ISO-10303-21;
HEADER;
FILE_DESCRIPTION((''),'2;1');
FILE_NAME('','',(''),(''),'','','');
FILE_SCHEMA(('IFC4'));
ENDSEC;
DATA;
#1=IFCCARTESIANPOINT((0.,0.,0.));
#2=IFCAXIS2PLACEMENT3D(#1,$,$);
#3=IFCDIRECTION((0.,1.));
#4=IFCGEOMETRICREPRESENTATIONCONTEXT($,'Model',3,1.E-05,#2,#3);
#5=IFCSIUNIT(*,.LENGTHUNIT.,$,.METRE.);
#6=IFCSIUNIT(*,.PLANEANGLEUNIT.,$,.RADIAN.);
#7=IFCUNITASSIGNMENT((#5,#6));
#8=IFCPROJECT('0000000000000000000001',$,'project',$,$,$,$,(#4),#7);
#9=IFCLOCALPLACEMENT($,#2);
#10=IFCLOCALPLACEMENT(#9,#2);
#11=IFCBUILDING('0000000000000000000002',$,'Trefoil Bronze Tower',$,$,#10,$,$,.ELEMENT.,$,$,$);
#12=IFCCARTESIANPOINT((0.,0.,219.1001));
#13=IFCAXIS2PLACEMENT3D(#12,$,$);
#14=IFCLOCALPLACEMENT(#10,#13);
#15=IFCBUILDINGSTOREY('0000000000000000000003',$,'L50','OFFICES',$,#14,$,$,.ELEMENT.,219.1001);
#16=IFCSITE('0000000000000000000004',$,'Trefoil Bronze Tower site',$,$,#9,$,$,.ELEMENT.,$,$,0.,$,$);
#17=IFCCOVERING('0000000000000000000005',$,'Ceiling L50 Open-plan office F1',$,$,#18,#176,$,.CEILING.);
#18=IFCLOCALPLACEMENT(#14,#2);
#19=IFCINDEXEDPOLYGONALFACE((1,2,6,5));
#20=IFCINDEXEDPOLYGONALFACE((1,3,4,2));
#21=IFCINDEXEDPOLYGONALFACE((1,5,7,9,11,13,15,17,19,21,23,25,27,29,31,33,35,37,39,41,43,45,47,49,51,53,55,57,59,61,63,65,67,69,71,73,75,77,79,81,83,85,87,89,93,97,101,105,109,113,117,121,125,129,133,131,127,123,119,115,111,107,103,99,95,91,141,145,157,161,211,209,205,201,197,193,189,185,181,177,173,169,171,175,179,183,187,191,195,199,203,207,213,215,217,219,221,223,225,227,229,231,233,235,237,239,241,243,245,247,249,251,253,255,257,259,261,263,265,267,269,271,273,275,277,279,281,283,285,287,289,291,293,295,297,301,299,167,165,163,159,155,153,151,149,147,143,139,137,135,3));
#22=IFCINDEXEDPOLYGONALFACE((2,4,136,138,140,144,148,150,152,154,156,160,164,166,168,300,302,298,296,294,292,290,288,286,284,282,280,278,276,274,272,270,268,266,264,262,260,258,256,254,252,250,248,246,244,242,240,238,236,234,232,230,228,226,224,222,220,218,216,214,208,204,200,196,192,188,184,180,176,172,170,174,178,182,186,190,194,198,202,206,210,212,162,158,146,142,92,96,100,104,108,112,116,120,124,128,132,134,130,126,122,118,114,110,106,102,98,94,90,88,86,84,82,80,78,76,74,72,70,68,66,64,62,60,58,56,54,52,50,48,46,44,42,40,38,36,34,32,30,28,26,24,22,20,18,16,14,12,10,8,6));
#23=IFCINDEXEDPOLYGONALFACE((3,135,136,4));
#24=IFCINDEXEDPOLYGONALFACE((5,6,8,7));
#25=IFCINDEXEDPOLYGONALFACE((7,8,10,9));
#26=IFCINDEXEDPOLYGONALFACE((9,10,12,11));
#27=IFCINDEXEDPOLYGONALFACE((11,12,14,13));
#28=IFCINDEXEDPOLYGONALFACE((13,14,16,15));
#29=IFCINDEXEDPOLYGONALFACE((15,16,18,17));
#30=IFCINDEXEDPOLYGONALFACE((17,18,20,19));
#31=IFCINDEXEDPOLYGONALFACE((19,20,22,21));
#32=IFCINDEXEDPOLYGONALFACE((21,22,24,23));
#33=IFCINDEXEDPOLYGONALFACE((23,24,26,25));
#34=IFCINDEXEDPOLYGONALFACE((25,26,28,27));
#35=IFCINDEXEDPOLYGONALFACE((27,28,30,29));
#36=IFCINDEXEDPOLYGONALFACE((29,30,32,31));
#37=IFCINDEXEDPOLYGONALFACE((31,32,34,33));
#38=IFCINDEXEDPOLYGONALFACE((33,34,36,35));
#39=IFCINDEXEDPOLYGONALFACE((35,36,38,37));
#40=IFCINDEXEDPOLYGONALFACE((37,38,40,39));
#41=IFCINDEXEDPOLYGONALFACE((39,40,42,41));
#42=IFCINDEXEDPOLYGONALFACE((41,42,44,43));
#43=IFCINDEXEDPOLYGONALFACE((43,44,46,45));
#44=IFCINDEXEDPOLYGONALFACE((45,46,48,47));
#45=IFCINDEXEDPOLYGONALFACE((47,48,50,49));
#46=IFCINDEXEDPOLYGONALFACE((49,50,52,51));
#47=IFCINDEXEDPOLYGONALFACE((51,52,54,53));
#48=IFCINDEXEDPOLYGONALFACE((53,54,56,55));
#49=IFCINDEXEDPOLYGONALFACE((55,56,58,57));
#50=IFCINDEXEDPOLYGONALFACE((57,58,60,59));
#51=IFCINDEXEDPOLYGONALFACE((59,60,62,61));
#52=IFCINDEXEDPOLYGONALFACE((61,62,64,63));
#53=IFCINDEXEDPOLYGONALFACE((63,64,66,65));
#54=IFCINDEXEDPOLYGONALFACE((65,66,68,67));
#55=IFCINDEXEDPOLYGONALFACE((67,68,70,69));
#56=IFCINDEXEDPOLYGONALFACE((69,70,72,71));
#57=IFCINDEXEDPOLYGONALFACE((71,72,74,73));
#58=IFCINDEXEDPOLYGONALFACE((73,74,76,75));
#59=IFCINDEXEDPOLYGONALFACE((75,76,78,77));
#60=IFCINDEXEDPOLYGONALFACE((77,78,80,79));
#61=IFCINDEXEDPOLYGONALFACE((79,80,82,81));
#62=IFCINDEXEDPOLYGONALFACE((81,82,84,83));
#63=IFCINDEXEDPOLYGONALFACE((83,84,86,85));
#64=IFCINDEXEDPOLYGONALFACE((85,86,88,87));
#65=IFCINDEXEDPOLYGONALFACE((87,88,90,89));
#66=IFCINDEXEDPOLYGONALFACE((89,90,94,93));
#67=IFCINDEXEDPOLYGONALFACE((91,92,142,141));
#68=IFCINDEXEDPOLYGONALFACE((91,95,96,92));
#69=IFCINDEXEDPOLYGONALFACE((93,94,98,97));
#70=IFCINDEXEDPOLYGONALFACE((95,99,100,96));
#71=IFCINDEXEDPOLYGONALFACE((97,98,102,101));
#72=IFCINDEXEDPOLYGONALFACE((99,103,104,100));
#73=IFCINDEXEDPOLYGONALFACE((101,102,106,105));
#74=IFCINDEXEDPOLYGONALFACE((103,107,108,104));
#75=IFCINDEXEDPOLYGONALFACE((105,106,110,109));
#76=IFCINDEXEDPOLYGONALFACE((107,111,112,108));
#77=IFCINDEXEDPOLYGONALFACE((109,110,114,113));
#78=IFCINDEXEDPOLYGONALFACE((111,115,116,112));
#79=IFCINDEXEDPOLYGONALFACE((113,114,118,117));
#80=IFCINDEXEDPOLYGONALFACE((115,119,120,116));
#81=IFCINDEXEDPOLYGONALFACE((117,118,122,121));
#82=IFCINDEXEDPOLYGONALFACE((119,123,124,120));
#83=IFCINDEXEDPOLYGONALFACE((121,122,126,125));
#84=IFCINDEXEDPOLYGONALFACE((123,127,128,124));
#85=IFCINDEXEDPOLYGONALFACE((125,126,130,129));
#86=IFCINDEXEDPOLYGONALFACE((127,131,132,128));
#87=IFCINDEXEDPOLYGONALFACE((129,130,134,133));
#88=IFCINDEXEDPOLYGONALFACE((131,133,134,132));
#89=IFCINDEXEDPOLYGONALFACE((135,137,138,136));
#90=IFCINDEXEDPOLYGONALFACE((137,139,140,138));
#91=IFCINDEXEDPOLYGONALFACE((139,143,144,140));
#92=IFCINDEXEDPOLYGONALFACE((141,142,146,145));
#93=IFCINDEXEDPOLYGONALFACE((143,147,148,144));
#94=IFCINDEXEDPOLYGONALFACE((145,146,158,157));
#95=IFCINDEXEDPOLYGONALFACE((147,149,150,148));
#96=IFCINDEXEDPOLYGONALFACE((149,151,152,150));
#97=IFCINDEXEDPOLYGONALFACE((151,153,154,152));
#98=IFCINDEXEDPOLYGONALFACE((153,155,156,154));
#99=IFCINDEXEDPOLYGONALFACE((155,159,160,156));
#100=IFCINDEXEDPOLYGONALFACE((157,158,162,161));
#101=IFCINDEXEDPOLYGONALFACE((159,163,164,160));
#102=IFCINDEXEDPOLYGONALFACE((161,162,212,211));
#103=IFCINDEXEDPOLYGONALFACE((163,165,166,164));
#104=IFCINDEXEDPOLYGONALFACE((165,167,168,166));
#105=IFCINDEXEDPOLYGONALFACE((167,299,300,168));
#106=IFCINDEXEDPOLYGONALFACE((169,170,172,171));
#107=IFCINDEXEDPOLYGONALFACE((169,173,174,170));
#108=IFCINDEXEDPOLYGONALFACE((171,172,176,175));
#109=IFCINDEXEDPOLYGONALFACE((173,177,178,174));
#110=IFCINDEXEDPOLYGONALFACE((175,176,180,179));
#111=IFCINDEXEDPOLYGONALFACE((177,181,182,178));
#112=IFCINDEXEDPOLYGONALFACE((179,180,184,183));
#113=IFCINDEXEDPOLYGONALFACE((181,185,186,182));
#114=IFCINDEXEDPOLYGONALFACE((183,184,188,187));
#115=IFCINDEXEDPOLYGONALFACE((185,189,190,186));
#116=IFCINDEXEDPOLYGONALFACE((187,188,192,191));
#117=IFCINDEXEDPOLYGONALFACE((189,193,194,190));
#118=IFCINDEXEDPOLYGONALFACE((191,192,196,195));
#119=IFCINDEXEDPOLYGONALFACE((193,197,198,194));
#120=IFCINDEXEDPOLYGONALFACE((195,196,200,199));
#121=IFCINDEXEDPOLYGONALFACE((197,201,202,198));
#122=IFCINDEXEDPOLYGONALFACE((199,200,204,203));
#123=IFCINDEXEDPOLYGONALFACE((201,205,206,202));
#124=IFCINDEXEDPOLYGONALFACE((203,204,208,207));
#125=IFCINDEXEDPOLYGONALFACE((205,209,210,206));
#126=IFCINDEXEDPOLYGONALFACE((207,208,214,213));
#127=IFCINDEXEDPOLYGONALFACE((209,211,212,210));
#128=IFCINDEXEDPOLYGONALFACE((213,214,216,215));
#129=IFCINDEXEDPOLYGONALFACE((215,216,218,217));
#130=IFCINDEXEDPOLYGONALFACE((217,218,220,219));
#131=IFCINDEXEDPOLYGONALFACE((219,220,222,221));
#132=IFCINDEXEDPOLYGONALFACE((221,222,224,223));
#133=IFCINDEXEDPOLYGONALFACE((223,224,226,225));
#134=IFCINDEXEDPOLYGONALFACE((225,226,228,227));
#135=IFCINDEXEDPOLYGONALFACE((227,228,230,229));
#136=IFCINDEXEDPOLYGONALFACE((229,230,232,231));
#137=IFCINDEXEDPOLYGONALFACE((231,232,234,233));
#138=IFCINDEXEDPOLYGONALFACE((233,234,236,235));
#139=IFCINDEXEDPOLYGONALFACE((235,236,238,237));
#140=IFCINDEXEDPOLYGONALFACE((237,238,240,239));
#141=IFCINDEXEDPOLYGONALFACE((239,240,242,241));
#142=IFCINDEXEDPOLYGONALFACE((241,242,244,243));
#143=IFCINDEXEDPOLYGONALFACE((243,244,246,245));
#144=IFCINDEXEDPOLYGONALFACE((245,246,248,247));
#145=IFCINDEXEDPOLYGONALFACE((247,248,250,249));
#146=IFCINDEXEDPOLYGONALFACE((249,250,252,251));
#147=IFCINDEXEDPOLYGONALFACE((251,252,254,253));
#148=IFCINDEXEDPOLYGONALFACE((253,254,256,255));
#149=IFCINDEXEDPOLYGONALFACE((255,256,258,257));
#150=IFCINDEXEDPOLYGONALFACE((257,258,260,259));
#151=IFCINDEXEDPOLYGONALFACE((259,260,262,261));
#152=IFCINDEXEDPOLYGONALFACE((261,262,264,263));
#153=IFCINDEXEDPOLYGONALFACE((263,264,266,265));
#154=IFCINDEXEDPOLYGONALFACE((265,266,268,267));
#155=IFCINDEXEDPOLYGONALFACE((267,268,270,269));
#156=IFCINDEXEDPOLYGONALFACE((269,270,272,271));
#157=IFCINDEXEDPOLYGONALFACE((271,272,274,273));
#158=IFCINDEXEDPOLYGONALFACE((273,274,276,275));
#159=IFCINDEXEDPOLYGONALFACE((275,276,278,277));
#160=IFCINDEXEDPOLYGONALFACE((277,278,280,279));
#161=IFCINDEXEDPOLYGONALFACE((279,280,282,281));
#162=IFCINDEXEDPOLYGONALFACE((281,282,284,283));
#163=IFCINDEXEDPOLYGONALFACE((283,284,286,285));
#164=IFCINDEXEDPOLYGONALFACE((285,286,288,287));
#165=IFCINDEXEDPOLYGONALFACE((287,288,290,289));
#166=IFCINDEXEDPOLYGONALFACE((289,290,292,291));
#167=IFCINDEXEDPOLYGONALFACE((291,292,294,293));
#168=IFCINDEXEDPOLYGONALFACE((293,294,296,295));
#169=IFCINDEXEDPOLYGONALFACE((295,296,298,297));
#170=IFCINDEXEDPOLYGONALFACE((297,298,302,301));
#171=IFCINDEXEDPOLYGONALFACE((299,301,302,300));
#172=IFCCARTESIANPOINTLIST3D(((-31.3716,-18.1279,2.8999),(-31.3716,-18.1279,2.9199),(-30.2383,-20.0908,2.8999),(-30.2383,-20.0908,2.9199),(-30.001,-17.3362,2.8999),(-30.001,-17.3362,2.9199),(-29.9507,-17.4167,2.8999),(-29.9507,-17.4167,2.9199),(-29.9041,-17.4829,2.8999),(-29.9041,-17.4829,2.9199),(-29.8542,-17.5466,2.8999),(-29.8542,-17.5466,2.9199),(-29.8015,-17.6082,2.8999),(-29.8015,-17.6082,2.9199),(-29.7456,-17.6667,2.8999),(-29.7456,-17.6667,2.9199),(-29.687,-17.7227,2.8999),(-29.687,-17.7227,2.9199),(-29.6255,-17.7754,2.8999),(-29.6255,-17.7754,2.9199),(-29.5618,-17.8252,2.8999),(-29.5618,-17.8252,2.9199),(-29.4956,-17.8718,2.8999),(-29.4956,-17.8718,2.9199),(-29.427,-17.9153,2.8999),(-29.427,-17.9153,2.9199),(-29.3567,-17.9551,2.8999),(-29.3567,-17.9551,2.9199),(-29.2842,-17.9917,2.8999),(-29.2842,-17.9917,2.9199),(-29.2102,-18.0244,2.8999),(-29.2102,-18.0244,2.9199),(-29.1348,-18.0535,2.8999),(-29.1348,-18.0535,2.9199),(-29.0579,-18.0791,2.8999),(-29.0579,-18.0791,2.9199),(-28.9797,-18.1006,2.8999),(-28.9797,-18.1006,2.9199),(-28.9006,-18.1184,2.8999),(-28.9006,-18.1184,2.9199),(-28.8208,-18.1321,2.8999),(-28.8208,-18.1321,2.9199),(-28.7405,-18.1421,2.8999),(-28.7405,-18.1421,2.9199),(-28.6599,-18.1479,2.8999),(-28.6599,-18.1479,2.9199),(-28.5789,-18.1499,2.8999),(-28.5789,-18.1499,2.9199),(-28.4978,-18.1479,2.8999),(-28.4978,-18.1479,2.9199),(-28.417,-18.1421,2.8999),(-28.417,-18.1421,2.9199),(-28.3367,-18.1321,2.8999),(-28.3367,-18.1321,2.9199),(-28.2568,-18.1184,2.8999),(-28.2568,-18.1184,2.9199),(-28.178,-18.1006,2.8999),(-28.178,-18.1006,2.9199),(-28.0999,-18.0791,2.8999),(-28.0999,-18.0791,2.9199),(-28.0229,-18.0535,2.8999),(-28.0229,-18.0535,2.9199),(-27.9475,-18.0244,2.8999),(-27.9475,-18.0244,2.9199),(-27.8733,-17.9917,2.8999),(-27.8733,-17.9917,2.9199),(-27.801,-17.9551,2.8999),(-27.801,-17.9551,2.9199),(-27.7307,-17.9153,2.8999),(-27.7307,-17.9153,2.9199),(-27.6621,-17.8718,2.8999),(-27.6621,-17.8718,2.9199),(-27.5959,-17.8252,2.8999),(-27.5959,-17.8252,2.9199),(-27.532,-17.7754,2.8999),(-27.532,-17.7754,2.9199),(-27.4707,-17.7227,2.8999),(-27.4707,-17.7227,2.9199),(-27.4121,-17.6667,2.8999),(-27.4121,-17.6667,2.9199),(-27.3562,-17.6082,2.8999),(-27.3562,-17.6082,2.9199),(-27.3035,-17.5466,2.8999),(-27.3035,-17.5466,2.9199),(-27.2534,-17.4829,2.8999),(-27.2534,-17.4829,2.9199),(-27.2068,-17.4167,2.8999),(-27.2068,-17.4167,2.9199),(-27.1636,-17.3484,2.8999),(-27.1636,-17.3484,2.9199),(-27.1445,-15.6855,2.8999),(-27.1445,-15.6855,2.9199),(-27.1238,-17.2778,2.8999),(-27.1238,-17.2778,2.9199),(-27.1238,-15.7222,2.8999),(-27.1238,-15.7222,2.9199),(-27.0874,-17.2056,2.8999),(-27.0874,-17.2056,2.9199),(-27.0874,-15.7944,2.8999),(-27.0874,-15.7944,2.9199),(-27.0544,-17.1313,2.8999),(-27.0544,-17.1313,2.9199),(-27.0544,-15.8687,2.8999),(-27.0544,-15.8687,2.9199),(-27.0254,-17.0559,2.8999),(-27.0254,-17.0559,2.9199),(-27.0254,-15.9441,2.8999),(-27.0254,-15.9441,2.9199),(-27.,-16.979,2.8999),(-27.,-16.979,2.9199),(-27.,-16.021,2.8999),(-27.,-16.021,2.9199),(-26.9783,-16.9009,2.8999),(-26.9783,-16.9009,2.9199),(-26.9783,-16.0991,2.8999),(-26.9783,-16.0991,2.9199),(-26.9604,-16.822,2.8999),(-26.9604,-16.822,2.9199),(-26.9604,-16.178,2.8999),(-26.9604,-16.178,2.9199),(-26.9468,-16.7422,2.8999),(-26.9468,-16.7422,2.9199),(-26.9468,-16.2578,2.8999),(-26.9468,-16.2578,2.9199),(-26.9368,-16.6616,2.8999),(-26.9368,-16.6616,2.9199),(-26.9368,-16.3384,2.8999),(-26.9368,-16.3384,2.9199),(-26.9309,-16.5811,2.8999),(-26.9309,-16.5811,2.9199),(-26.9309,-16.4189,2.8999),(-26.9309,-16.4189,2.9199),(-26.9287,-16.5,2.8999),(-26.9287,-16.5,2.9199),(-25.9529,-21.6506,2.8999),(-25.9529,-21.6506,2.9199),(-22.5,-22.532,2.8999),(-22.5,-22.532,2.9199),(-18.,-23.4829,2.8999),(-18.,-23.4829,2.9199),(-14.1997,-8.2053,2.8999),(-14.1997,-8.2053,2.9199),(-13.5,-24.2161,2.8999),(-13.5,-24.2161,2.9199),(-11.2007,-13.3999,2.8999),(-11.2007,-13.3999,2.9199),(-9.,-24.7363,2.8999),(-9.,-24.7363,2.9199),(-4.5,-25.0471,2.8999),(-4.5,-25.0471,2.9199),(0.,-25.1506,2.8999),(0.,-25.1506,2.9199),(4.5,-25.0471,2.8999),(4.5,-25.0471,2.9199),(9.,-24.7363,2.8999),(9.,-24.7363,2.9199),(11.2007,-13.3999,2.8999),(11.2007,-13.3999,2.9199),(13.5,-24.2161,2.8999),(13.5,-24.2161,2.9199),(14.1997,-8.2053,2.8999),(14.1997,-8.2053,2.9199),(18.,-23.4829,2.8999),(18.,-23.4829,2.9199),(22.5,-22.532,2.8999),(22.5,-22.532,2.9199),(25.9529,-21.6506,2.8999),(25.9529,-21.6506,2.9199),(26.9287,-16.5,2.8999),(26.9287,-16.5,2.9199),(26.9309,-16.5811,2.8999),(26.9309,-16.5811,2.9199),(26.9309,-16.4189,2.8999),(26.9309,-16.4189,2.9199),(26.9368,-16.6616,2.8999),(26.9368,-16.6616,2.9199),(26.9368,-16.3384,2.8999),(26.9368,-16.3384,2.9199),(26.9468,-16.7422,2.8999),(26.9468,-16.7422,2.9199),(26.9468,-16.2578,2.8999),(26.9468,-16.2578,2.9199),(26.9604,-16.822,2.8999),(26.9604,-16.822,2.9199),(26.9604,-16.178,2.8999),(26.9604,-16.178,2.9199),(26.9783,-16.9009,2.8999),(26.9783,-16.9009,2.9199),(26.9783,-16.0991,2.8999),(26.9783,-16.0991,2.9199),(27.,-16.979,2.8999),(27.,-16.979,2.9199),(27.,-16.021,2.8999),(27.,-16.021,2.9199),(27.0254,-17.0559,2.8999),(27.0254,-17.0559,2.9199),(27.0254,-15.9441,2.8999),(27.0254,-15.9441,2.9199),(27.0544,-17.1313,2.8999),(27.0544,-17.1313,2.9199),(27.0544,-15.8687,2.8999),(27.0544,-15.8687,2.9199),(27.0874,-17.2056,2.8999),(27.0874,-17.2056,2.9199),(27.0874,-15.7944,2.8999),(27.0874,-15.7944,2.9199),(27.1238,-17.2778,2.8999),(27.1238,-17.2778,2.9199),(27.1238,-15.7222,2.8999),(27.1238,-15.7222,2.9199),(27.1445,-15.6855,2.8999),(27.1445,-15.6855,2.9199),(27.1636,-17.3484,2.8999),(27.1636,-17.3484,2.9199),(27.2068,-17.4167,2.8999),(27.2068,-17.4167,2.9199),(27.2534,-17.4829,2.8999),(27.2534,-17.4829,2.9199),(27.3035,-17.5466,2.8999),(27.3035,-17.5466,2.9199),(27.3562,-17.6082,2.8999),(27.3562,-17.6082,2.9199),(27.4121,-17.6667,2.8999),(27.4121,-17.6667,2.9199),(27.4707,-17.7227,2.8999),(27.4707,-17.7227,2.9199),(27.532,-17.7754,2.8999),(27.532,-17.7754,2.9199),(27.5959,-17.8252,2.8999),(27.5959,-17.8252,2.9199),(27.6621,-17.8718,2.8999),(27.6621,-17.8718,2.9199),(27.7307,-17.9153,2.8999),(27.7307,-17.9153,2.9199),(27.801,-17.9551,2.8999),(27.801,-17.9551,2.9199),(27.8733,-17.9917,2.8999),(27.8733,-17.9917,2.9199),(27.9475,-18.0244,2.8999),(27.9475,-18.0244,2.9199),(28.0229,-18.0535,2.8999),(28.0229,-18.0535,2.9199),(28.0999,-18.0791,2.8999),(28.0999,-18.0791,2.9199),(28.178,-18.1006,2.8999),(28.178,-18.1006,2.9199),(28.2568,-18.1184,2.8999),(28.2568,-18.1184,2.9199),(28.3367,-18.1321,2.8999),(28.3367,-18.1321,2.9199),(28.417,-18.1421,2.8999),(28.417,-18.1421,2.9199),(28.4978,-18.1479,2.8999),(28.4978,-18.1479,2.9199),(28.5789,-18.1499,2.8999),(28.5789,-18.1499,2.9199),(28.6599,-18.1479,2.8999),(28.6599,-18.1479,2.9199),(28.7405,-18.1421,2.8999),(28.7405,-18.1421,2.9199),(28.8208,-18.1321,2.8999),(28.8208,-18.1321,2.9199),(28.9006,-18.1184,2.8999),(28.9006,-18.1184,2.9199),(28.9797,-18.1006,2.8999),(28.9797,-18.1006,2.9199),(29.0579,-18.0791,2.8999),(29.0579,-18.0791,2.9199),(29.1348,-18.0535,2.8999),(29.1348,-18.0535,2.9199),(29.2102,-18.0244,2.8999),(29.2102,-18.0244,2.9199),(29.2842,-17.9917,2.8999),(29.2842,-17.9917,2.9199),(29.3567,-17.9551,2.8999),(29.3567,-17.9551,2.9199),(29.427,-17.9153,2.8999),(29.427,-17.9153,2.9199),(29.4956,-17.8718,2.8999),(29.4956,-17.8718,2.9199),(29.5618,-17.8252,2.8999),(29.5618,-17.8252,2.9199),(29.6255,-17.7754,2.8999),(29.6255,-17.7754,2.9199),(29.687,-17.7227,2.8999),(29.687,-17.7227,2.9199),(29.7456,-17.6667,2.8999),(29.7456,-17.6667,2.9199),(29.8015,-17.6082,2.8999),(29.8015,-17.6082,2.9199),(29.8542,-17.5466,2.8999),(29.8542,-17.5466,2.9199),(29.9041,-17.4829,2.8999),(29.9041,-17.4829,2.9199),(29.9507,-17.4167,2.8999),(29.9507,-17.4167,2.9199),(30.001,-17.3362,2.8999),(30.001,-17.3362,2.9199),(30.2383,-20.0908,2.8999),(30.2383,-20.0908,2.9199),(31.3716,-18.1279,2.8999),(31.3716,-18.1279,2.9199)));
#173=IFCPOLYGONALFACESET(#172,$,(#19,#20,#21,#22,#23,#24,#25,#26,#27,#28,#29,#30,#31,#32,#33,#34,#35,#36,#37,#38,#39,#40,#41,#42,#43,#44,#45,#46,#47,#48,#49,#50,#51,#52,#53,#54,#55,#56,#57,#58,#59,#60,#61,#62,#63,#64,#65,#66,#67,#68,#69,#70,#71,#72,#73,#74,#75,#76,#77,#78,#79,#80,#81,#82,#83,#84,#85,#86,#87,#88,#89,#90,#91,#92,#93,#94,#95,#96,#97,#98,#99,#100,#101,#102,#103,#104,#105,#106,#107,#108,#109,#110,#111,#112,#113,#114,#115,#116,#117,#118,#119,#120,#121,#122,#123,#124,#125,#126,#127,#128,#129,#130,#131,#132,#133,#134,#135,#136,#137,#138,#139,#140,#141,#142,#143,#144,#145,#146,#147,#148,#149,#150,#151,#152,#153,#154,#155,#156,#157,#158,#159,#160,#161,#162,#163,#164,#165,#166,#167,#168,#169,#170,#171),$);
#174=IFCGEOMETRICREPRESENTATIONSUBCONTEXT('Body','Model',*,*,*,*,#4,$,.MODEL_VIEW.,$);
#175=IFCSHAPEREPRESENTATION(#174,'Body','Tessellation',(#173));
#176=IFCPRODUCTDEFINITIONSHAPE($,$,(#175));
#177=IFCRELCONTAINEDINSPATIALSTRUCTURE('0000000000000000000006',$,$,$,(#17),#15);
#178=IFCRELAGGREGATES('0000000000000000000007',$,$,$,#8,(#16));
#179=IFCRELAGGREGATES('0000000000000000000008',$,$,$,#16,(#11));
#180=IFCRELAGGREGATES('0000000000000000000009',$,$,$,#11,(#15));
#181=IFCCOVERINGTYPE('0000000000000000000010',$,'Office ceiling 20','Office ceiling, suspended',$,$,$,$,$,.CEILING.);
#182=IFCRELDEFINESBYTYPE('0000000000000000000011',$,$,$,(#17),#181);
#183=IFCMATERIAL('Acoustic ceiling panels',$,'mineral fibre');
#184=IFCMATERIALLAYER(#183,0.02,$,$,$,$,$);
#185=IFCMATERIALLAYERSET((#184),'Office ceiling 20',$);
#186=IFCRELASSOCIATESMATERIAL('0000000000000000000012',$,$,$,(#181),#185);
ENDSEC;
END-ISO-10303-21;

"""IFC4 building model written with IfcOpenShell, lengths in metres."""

from ifc_helpers import new_model, si_unit, direction, frame, origin, place, context, subcontext, project, spatial, polyline, outline, extrude, material, layer, layer_set, type_object, element, save


model = new_model("IFC4")

# Units and contexts
model_context = context("Model", 3, precision=1e-05, world=origin(), true_north=direction((0.0, 1.0)))
body_context = subcontext(model_context, "Body", "Model", "MODEL_VIEW")
ifc_project = project(units=[si_unit("LENGTHUNIT", "METRE"), si_unit("PLANEANGLEUNIT", "RADIAN")], contexts=[model_context])

# Site, building, storey
site_placement = place(None, origin())
site = spatial("IfcSite", under=ifc_project, at=site_placement, Name="Trefoil Bronze Tower site", CompositionType="ELEMENT", RefElevation=0.0)
building_placement = place(site_placement, origin())
building = spatial("IfcBuilding", under=site, at=building_placement, Name="Trefoil Bronze Tower", CompositionType="ELEMENT")
storey_placement = place(building_placement, frame((0.0, 0.0, 219.1001)))
storey = spatial("IfcBuildingStorey", under=building, at=storey_placement, Name="L50", Description="OFFICES", CompositionType="ELEMENT", Elevation=219.1001)

# Covering
ifc_material_1 = material(Name="Acoustic ceiling panels", Category="mineral fibre")
ifc_layer_1 = layer(ifc_material_1, 0.02)
ifc_layer_set_1 = layer_set([ifc_layer_1], Name="Office ceiling 20")
covering_type_1 = type_object("IfcCoveringType", Name="Office ceiling 20", Description="Office ceiling, suspended", PredefinedType="CEILING", material=ifc_layer_set_1)
covering_1_placement = place(storey_placement, frame((0.0, 0.0, 2.8999)))
element("IfcCovering", 1, at=covering_1_placement, inside=storey, type_object=covering_type_1, Name="Ceiling L50 Open-plan office F1", PredefinedType="CEILING", context=body_context, shape_type="SweptSolid", body=[
    extrude(outline(polyline([(-29.9507, -17.4167), (-29.9041, -17.4829), (-29.8542, -17.5466), (-29.8015, -17.6082), (-29.7456, -17.6667), (-29.687, -17.7227), (-29.6255, -17.7754), (-29.5618, -17.8252), (-29.4956, -17.8718), (-29.427, -17.9153), (-29.3567, -17.9551), (-29.2842, -17.9917), (-29.2102, -18.0244), (-29.1348, -18.0535), (-29.0579, -18.0791), (-28.9797, -18.1006), (-28.9006, -18.1184), (-28.8208, -18.1321), (-28.7405, -18.1421), (-28.6599, -18.1479), (-28.5789, -18.1499), (-28.4978, -18.1479), (-28.417, -18.1421), (-28.3367, -18.1321), (-28.2568, -18.1184), (-28.178, -18.1006), (-28.0999, -18.0791), (-28.0229, -18.0535), (-27.9475, -18.0244), (-27.8733, -17.9917), (-27.801, -17.9551), (-27.7307, -17.9153), (-27.6621, -17.8718), (-27.5959, -17.8252), (-27.532, -17.7754), (-27.4707, -17.7227), (-27.4121, -17.6667), (-27.3562, -17.6082), (-27.3035, -17.5466), (-27.2534, -17.4829), (-27.2068, -17.4167), (-27.1636, -17.3484), (-27.1238, -17.2778), (-27.0874, -17.2056), (-27.0544, -17.1313), (-27.0254, -17.0559), (-27.0, -16.979), (-26.9783, -16.9009), (-26.9604, -16.822), (-26.9468, -16.7422), (-26.9368, -16.6616), (-26.9309, -16.5811), (-26.9287, -16.5), (-26.9309, -16.4189), (-26.9368, -16.3384), (-26.9468, -16.2578), (-26.9604, -16.178), (-26.9783, -16.0991), (-27.0, -16.021), (-27.0254, -15.9441), (-27.0544, -15.8687), (-27.0874, -15.7944), (-27.1238, -15.7222), (-27.1445, -15.6855), (-14.1997, -8.2053), (-11.2007, -13.3999), (11.2007, -13.3999), (14.1997, -8.2053), (27.1445, -15.6855), (27.1238, -15.7222), (27.0874, -15.7944), (27.0544, -15.8687), (27.0254, -15.9441), (27.0, -16.021), (26.9783, -16.0991), (26.9604, -16.178), (26.9468, -16.2578), (26.9368, -16.3384), (26.9309, -16.4189), (26.9287, -16.5), (26.9309, -16.5811), (26.9368, -16.6616), (26.9468, -16.7422), (26.9604, -16.822), (26.9783, -16.9009), (27.0, -16.979), (27.0254, -17.0559), (27.0544, -17.1313), (27.0874, -17.2056), (27.1238, -17.2778), (27.1636, -17.3484), (27.2068, -17.4167), (27.2534, -17.4829), (27.3035, -17.5466), (27.3562, -17.6082), (27.4121, -17.6667), (27.4707, -17.7227), (27.532, -17.7754), (27.5959, -17.8252), (27.6621, -17.8718), (27.7307, -17.9153), (27.801, -17.9551), (27.8733, -17.9917), (27.9475, -18.0244), (28.0229, -18.0535), (28.0999, -18.0791), (28.178, -18.1006), (28.2568, -18.1184), (28.3367, -18.1321), (28.417, -18.1421), (28.4978, -18.1479), (28.5789, -18.1499), (28.6599, -18.1479), (28.7405, -18.1421), (28.8208, -18.1321), (28.9006, -18.1184), (28.9797, -18.1006), (29.0579, -18.0791), (29.1348, -18.0535), (29.2102, -18.0244), (29.2842, -17.9917), (29.3567, -17.9551), (29.427, -17.9153), (29.4956, -17.8718), (29.5618, -17.8252), (29.6255, -17.7754), (29.687, -17.7227), (29.7456, -17.6667), (29.8015, -17.6082), (29.8542, -17.5466), (29.9041, -17.4829), (29.9507, -17.4167), (30.001, -17.3362), (31.3716, -18.1279), (30.2383, -20.0908), (25.9529, -21.6506), (22.5, -22.532), (18.0, -23.4829), (13.5, -24.2161), (9.0, -24.7363), (4.5, -25.0471), (0.0, -25.1506), (-4.5, -25.0471), (-9.0, -24.7363), (-13.5, -24.2161), (-18.0, -23.4829), (-22.5, -22.532), (-25.9529, -21.6506), (-30.2383, -20.0908), (-31.3716, -18.1279), (-30.001, -17.3362), (-29.9507, -17.4167)])), origin(), (0.0, 0.0, 1.0), 0.02),
])

save(model, "model.ifc")
